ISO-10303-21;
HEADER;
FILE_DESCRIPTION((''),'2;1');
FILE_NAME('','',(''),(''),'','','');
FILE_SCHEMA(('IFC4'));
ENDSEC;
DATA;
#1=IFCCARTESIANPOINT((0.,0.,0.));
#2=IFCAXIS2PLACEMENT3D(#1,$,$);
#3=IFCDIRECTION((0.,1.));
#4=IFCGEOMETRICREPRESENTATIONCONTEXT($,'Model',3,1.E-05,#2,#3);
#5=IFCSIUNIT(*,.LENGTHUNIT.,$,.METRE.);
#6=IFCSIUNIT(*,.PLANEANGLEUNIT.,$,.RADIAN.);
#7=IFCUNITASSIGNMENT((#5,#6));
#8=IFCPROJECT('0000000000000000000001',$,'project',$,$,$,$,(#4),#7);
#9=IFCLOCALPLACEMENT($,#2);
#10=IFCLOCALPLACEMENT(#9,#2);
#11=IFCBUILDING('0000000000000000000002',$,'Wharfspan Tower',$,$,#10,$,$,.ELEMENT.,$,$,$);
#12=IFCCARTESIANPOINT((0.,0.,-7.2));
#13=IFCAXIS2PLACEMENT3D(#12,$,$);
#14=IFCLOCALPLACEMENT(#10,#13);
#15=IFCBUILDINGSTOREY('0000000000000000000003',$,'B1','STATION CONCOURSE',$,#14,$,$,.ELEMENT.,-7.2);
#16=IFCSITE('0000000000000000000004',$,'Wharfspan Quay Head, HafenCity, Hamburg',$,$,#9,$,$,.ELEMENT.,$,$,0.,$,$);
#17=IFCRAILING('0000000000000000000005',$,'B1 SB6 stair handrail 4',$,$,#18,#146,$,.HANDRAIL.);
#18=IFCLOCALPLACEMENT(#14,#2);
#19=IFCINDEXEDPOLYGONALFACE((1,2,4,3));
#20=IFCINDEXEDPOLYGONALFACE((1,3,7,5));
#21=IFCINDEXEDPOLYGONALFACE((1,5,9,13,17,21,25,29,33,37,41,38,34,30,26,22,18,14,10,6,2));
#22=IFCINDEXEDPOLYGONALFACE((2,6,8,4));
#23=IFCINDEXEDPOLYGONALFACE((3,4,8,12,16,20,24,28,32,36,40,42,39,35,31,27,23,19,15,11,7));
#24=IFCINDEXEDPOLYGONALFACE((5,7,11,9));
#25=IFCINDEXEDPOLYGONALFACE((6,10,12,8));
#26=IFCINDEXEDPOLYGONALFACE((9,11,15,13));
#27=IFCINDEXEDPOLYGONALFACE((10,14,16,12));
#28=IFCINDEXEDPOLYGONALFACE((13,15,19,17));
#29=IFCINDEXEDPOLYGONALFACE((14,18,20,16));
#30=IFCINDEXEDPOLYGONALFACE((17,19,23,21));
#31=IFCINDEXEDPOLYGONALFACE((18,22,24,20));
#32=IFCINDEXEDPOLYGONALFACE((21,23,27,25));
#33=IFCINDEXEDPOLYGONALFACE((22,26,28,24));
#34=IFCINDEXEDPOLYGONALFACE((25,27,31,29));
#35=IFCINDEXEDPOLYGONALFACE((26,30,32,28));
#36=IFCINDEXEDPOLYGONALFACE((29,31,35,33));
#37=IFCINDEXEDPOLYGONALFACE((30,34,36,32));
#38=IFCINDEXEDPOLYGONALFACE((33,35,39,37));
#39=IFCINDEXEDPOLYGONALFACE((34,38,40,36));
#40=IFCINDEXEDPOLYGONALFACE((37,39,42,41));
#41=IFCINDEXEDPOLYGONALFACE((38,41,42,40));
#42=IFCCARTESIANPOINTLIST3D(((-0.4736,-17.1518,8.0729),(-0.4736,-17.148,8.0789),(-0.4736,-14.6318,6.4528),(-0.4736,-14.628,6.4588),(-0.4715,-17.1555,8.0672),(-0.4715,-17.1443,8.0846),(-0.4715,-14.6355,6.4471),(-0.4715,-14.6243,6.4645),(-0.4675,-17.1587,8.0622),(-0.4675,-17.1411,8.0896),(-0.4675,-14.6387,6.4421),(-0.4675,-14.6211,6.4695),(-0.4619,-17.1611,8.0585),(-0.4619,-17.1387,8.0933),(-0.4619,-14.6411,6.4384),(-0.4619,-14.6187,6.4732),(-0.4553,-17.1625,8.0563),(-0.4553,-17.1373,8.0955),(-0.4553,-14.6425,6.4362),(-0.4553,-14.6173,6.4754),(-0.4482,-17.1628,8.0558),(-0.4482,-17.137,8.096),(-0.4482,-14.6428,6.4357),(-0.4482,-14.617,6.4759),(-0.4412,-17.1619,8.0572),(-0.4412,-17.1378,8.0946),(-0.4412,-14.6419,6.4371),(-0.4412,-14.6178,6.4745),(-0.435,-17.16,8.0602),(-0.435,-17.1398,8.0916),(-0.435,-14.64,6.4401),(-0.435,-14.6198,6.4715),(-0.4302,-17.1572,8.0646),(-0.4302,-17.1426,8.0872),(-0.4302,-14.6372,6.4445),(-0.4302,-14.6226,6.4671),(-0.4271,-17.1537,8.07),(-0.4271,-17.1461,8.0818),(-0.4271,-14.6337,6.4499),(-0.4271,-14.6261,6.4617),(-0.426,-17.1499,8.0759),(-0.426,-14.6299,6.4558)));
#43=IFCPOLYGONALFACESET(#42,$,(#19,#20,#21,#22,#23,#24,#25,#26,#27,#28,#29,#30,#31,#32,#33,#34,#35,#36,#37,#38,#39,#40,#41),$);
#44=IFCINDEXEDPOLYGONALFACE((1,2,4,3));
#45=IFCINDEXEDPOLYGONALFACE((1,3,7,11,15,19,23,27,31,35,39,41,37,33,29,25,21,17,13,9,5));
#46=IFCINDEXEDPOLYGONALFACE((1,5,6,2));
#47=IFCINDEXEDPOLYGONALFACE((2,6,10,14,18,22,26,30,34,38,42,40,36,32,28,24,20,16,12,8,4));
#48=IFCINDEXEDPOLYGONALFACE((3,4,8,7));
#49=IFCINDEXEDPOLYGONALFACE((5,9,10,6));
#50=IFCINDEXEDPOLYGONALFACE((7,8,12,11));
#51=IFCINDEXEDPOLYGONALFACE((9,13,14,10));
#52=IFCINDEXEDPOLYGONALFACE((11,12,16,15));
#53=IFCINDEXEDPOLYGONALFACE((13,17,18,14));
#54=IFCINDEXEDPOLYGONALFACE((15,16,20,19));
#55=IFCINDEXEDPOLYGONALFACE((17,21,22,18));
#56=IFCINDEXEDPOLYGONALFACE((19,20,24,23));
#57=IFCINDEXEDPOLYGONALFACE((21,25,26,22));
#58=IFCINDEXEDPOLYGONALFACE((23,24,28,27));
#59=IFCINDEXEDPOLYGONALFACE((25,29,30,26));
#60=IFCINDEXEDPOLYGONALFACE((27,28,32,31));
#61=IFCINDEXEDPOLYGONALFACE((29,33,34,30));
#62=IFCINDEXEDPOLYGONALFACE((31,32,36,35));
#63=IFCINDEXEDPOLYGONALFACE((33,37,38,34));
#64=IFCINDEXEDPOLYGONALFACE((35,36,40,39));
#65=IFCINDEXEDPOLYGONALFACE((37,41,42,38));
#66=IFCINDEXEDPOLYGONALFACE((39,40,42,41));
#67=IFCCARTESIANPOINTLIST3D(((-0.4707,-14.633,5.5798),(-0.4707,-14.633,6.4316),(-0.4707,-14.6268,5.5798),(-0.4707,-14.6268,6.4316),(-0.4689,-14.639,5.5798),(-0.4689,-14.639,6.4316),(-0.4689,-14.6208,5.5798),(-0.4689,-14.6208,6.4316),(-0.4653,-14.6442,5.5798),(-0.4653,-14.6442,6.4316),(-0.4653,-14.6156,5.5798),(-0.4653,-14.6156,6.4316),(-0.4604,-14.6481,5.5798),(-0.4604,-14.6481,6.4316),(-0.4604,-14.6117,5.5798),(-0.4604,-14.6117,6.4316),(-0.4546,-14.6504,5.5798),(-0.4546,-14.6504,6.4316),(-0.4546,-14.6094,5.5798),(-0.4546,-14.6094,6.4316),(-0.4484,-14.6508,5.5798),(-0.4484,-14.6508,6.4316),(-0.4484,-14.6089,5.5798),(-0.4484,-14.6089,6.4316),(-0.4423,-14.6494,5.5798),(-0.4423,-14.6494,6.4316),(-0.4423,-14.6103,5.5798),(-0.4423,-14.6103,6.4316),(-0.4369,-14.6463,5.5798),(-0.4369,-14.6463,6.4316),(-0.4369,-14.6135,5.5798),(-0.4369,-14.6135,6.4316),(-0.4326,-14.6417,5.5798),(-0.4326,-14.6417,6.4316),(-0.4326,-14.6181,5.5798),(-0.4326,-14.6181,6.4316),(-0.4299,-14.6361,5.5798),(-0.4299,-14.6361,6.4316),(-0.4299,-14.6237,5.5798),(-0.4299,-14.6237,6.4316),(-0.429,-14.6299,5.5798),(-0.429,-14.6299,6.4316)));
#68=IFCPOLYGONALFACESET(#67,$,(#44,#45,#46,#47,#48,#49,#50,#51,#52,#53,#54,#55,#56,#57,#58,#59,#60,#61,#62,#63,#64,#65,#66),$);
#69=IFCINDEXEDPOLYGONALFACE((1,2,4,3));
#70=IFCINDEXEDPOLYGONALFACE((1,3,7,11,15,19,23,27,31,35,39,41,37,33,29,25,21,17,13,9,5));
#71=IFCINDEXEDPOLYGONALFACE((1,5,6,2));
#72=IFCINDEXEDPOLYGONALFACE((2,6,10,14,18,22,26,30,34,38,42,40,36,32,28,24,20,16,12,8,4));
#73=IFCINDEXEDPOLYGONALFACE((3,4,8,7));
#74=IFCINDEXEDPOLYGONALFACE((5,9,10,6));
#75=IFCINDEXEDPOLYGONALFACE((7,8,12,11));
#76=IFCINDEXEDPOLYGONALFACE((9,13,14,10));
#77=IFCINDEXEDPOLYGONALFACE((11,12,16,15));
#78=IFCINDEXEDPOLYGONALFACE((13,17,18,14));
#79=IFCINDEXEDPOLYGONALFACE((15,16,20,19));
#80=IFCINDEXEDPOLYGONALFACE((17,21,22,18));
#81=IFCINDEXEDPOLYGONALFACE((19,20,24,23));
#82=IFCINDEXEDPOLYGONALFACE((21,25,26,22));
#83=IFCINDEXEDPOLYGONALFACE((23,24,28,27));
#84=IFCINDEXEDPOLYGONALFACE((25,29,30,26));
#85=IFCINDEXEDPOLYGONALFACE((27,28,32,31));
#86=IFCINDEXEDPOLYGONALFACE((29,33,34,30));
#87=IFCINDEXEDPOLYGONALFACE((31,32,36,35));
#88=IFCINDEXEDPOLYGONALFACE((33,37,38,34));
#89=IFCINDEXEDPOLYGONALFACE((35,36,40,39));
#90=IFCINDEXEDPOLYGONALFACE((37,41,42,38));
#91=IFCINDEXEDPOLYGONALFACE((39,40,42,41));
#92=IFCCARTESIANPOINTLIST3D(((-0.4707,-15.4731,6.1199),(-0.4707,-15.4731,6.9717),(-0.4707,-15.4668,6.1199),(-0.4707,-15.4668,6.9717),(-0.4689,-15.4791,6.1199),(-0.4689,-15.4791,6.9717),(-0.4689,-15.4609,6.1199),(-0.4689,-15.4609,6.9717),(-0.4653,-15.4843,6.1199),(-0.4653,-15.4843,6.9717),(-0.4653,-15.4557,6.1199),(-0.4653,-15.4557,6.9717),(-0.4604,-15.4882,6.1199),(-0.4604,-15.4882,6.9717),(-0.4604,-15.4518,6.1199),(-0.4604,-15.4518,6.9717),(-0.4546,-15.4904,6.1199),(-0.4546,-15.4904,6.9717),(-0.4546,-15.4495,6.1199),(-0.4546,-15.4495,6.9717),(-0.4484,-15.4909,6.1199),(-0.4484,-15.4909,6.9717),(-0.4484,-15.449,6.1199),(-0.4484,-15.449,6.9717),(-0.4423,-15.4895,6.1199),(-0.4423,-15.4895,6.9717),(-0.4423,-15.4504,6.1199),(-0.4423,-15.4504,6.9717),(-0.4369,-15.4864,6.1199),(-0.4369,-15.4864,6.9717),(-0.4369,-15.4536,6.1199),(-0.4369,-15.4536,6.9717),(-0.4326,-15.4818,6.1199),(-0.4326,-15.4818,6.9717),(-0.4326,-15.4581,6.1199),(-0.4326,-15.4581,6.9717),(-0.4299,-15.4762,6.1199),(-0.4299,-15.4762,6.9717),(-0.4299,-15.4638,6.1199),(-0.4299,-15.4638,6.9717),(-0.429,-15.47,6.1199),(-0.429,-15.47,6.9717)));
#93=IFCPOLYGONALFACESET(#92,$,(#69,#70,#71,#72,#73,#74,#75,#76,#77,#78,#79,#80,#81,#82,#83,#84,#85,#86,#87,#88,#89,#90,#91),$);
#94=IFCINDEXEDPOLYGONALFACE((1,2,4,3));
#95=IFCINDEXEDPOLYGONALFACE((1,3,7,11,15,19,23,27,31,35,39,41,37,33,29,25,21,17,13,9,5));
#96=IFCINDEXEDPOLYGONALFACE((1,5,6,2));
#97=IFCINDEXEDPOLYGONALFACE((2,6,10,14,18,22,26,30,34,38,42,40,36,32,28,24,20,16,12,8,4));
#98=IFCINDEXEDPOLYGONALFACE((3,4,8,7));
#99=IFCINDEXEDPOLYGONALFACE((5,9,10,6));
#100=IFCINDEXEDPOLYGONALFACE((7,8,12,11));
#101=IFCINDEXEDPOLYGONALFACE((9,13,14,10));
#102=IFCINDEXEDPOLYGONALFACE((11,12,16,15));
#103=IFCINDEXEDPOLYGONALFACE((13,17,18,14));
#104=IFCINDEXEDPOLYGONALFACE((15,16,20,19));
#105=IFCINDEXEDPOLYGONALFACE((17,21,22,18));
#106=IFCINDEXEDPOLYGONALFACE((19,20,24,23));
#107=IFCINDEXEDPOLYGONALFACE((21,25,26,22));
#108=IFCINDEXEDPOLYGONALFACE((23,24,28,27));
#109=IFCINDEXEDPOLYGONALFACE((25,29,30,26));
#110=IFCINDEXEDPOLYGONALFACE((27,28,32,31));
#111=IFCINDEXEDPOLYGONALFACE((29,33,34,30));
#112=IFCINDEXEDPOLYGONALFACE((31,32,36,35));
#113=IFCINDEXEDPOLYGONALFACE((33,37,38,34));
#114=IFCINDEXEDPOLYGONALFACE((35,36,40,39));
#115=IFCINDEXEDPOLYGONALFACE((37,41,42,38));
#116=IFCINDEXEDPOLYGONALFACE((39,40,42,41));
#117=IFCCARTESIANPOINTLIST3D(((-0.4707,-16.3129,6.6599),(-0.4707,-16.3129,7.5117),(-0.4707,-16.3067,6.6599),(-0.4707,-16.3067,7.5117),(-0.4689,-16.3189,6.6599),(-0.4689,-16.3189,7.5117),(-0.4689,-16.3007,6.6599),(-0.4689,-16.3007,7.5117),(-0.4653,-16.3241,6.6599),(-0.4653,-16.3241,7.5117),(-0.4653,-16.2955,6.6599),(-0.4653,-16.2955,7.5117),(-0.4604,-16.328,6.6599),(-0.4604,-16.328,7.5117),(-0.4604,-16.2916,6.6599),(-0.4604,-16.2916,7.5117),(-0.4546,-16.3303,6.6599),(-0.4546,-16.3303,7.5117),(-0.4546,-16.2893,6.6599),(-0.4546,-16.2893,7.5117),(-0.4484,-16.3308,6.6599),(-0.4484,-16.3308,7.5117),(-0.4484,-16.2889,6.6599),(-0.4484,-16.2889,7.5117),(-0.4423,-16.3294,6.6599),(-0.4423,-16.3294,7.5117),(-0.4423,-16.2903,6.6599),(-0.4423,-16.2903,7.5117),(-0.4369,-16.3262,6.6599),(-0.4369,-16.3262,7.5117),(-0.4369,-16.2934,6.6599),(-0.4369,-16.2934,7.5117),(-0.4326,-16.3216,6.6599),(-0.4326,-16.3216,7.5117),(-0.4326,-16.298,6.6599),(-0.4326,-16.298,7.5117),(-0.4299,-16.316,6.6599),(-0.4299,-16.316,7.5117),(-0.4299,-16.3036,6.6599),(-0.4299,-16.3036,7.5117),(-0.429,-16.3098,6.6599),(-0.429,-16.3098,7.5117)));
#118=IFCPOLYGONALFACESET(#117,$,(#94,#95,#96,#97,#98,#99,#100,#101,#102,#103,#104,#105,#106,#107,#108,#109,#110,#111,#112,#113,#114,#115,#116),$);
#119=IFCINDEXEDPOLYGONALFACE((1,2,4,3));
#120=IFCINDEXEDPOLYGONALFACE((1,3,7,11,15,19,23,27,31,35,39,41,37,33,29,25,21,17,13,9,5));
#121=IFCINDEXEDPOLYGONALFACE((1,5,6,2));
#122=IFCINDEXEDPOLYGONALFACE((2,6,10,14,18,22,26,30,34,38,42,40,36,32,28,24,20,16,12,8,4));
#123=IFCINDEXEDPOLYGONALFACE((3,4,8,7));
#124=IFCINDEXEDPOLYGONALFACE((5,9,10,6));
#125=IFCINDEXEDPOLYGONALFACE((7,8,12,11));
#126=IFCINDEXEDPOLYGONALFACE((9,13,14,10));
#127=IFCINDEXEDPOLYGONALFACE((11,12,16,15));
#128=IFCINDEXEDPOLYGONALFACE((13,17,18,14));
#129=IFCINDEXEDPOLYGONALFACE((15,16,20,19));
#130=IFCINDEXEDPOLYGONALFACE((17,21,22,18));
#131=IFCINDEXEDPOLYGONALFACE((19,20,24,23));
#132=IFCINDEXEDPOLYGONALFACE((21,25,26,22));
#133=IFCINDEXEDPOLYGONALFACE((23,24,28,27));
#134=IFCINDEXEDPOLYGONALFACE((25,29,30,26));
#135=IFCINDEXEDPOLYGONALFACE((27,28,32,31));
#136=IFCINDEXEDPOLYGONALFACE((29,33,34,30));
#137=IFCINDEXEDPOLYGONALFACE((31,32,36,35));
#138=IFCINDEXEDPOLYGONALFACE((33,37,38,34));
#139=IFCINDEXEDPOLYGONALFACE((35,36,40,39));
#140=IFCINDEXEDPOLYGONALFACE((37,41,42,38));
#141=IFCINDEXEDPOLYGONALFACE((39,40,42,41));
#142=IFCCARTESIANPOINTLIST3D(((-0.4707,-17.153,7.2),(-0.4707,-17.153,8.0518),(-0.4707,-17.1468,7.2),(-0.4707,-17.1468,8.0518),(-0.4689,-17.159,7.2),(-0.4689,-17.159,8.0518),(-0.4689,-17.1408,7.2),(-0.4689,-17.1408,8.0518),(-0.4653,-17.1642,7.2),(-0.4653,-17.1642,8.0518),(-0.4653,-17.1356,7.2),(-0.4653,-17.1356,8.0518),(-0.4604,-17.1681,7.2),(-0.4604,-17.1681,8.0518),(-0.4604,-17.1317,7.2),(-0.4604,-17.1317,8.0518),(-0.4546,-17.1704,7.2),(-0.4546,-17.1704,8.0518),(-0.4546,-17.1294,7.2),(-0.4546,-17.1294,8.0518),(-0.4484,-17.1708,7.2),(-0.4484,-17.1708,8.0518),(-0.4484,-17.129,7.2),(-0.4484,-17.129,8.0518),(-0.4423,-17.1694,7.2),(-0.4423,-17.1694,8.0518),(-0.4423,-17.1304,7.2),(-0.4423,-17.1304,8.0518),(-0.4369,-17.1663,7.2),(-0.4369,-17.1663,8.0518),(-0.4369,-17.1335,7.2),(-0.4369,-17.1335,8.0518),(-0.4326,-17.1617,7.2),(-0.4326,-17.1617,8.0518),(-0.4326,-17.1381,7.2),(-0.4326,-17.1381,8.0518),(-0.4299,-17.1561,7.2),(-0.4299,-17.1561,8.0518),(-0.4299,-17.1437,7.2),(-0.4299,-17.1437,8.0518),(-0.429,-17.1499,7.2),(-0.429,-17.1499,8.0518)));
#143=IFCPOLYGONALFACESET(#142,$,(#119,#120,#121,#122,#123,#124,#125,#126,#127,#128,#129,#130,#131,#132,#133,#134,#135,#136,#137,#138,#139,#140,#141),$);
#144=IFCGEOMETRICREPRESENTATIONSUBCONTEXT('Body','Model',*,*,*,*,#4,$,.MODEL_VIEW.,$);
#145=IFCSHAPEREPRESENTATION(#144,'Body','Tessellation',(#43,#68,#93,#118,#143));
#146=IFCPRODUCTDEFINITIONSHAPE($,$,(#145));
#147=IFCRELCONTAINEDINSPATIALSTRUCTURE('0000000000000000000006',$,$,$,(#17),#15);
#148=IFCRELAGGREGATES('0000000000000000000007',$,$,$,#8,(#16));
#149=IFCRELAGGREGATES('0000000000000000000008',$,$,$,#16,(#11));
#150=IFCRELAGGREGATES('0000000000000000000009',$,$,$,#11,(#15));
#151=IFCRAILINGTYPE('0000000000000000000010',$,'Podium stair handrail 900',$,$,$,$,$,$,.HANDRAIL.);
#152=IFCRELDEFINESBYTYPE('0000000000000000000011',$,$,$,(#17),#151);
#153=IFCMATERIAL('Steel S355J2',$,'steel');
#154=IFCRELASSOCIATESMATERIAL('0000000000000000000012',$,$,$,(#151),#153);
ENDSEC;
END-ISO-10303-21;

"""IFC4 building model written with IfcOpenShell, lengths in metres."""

from ifc_helpers import new_model, si_unit, direction, frame, origin, origin_2d, place, context, subcontext, project, spatial, circle, extrude, material, type_object, element, save


model = new_model("IFC4")

# Units and contexts
model_context = context("Model", 3, precision=1e-05, world=origin(), true_north=direction((0.0, 1.0)))
body_context = subcontext(model_context, "Body", "Model", "MODEL_VIEW")
ifc_project = project(units=[si_unit("LENGTHUNIT", "METRE"), si_unit("PLANEANGLEUNIT", "RADIAN")], contexts=[model_context])

# Site, building, storey
site_placement = place(None, origin())
site = spatial("IfcSite", under=ifc_project, at=site_placement, Name="Wharfspan Quay Head, HafenCity, Hamburg", CompositionType="ELEMENT", RefElevation=0.0)
building_placement = place(site_placement, origin())
building = spatial("IfcBuilding", under=site, at=building_placement, Name="Wharfspan Tower", CompositionType="ELEMENT")
storey_placement = place(building_placement, frame((0.0, 0.0, -7.2)))
storey = spatial("IfcBuildingStorey", under=building, at=storey_placement, Name="B1", Description="STATION CONCOURSE", CompositionType="ELEMENT", Elevation=-7.2)

# Railing
ifc_material_1 = material(Name="Steel S355J2", Category="steel")
railing_type = type_object("IfcRailingType", Name="Podium stair handrail 900", PredefinedType="HANDRAIL", material=ifc_material_1)
railing_1_placement = place(storey_placement, frame((-0.45, -14.6299, 5.5798)))
element("IfcRailing", 1, at=railing_1_placement, inside=storey, type_object=railing_type, Name="B1 SB6 stair handrail 4", PredefinedType="HANDRAIL", context=body_context, shape_type="SweptSolid", body=[
    extrude(circle(Radius=0.0239, at=origin_2d()), frame((0.0, 0.0, 0.876), z_axis=(0.0, -0.841163, 0.540782), x_axis=(1.0, 0.0, 0.0)), (0.0, 0.0, 1.0), 2.9958),
    extrude(circle(Radius=0.021, at=origin_2d()), origin(), (0.0, 0.0, 1.0), 0.8518),
    extrude(circle(Radius=0.021, at=origin_2d()), frame((0.0, -0.8401, 0.54)), (0.0, 0.0, 1.0), 0.8518),
    extrude(circle(Radius=0.021, at=origin_2d()), frame((0.0, -1.6799, 1.0801)), (0.0, 0.0, 1.0), 0.8518),
    extrude(circle(Radius=0.021, at=origin_2d()), frame((0.0, -2.52, 1.6201)), (0.0, 0.0, 1.0), 0.8518),
])

save(model, "model.ifc")
